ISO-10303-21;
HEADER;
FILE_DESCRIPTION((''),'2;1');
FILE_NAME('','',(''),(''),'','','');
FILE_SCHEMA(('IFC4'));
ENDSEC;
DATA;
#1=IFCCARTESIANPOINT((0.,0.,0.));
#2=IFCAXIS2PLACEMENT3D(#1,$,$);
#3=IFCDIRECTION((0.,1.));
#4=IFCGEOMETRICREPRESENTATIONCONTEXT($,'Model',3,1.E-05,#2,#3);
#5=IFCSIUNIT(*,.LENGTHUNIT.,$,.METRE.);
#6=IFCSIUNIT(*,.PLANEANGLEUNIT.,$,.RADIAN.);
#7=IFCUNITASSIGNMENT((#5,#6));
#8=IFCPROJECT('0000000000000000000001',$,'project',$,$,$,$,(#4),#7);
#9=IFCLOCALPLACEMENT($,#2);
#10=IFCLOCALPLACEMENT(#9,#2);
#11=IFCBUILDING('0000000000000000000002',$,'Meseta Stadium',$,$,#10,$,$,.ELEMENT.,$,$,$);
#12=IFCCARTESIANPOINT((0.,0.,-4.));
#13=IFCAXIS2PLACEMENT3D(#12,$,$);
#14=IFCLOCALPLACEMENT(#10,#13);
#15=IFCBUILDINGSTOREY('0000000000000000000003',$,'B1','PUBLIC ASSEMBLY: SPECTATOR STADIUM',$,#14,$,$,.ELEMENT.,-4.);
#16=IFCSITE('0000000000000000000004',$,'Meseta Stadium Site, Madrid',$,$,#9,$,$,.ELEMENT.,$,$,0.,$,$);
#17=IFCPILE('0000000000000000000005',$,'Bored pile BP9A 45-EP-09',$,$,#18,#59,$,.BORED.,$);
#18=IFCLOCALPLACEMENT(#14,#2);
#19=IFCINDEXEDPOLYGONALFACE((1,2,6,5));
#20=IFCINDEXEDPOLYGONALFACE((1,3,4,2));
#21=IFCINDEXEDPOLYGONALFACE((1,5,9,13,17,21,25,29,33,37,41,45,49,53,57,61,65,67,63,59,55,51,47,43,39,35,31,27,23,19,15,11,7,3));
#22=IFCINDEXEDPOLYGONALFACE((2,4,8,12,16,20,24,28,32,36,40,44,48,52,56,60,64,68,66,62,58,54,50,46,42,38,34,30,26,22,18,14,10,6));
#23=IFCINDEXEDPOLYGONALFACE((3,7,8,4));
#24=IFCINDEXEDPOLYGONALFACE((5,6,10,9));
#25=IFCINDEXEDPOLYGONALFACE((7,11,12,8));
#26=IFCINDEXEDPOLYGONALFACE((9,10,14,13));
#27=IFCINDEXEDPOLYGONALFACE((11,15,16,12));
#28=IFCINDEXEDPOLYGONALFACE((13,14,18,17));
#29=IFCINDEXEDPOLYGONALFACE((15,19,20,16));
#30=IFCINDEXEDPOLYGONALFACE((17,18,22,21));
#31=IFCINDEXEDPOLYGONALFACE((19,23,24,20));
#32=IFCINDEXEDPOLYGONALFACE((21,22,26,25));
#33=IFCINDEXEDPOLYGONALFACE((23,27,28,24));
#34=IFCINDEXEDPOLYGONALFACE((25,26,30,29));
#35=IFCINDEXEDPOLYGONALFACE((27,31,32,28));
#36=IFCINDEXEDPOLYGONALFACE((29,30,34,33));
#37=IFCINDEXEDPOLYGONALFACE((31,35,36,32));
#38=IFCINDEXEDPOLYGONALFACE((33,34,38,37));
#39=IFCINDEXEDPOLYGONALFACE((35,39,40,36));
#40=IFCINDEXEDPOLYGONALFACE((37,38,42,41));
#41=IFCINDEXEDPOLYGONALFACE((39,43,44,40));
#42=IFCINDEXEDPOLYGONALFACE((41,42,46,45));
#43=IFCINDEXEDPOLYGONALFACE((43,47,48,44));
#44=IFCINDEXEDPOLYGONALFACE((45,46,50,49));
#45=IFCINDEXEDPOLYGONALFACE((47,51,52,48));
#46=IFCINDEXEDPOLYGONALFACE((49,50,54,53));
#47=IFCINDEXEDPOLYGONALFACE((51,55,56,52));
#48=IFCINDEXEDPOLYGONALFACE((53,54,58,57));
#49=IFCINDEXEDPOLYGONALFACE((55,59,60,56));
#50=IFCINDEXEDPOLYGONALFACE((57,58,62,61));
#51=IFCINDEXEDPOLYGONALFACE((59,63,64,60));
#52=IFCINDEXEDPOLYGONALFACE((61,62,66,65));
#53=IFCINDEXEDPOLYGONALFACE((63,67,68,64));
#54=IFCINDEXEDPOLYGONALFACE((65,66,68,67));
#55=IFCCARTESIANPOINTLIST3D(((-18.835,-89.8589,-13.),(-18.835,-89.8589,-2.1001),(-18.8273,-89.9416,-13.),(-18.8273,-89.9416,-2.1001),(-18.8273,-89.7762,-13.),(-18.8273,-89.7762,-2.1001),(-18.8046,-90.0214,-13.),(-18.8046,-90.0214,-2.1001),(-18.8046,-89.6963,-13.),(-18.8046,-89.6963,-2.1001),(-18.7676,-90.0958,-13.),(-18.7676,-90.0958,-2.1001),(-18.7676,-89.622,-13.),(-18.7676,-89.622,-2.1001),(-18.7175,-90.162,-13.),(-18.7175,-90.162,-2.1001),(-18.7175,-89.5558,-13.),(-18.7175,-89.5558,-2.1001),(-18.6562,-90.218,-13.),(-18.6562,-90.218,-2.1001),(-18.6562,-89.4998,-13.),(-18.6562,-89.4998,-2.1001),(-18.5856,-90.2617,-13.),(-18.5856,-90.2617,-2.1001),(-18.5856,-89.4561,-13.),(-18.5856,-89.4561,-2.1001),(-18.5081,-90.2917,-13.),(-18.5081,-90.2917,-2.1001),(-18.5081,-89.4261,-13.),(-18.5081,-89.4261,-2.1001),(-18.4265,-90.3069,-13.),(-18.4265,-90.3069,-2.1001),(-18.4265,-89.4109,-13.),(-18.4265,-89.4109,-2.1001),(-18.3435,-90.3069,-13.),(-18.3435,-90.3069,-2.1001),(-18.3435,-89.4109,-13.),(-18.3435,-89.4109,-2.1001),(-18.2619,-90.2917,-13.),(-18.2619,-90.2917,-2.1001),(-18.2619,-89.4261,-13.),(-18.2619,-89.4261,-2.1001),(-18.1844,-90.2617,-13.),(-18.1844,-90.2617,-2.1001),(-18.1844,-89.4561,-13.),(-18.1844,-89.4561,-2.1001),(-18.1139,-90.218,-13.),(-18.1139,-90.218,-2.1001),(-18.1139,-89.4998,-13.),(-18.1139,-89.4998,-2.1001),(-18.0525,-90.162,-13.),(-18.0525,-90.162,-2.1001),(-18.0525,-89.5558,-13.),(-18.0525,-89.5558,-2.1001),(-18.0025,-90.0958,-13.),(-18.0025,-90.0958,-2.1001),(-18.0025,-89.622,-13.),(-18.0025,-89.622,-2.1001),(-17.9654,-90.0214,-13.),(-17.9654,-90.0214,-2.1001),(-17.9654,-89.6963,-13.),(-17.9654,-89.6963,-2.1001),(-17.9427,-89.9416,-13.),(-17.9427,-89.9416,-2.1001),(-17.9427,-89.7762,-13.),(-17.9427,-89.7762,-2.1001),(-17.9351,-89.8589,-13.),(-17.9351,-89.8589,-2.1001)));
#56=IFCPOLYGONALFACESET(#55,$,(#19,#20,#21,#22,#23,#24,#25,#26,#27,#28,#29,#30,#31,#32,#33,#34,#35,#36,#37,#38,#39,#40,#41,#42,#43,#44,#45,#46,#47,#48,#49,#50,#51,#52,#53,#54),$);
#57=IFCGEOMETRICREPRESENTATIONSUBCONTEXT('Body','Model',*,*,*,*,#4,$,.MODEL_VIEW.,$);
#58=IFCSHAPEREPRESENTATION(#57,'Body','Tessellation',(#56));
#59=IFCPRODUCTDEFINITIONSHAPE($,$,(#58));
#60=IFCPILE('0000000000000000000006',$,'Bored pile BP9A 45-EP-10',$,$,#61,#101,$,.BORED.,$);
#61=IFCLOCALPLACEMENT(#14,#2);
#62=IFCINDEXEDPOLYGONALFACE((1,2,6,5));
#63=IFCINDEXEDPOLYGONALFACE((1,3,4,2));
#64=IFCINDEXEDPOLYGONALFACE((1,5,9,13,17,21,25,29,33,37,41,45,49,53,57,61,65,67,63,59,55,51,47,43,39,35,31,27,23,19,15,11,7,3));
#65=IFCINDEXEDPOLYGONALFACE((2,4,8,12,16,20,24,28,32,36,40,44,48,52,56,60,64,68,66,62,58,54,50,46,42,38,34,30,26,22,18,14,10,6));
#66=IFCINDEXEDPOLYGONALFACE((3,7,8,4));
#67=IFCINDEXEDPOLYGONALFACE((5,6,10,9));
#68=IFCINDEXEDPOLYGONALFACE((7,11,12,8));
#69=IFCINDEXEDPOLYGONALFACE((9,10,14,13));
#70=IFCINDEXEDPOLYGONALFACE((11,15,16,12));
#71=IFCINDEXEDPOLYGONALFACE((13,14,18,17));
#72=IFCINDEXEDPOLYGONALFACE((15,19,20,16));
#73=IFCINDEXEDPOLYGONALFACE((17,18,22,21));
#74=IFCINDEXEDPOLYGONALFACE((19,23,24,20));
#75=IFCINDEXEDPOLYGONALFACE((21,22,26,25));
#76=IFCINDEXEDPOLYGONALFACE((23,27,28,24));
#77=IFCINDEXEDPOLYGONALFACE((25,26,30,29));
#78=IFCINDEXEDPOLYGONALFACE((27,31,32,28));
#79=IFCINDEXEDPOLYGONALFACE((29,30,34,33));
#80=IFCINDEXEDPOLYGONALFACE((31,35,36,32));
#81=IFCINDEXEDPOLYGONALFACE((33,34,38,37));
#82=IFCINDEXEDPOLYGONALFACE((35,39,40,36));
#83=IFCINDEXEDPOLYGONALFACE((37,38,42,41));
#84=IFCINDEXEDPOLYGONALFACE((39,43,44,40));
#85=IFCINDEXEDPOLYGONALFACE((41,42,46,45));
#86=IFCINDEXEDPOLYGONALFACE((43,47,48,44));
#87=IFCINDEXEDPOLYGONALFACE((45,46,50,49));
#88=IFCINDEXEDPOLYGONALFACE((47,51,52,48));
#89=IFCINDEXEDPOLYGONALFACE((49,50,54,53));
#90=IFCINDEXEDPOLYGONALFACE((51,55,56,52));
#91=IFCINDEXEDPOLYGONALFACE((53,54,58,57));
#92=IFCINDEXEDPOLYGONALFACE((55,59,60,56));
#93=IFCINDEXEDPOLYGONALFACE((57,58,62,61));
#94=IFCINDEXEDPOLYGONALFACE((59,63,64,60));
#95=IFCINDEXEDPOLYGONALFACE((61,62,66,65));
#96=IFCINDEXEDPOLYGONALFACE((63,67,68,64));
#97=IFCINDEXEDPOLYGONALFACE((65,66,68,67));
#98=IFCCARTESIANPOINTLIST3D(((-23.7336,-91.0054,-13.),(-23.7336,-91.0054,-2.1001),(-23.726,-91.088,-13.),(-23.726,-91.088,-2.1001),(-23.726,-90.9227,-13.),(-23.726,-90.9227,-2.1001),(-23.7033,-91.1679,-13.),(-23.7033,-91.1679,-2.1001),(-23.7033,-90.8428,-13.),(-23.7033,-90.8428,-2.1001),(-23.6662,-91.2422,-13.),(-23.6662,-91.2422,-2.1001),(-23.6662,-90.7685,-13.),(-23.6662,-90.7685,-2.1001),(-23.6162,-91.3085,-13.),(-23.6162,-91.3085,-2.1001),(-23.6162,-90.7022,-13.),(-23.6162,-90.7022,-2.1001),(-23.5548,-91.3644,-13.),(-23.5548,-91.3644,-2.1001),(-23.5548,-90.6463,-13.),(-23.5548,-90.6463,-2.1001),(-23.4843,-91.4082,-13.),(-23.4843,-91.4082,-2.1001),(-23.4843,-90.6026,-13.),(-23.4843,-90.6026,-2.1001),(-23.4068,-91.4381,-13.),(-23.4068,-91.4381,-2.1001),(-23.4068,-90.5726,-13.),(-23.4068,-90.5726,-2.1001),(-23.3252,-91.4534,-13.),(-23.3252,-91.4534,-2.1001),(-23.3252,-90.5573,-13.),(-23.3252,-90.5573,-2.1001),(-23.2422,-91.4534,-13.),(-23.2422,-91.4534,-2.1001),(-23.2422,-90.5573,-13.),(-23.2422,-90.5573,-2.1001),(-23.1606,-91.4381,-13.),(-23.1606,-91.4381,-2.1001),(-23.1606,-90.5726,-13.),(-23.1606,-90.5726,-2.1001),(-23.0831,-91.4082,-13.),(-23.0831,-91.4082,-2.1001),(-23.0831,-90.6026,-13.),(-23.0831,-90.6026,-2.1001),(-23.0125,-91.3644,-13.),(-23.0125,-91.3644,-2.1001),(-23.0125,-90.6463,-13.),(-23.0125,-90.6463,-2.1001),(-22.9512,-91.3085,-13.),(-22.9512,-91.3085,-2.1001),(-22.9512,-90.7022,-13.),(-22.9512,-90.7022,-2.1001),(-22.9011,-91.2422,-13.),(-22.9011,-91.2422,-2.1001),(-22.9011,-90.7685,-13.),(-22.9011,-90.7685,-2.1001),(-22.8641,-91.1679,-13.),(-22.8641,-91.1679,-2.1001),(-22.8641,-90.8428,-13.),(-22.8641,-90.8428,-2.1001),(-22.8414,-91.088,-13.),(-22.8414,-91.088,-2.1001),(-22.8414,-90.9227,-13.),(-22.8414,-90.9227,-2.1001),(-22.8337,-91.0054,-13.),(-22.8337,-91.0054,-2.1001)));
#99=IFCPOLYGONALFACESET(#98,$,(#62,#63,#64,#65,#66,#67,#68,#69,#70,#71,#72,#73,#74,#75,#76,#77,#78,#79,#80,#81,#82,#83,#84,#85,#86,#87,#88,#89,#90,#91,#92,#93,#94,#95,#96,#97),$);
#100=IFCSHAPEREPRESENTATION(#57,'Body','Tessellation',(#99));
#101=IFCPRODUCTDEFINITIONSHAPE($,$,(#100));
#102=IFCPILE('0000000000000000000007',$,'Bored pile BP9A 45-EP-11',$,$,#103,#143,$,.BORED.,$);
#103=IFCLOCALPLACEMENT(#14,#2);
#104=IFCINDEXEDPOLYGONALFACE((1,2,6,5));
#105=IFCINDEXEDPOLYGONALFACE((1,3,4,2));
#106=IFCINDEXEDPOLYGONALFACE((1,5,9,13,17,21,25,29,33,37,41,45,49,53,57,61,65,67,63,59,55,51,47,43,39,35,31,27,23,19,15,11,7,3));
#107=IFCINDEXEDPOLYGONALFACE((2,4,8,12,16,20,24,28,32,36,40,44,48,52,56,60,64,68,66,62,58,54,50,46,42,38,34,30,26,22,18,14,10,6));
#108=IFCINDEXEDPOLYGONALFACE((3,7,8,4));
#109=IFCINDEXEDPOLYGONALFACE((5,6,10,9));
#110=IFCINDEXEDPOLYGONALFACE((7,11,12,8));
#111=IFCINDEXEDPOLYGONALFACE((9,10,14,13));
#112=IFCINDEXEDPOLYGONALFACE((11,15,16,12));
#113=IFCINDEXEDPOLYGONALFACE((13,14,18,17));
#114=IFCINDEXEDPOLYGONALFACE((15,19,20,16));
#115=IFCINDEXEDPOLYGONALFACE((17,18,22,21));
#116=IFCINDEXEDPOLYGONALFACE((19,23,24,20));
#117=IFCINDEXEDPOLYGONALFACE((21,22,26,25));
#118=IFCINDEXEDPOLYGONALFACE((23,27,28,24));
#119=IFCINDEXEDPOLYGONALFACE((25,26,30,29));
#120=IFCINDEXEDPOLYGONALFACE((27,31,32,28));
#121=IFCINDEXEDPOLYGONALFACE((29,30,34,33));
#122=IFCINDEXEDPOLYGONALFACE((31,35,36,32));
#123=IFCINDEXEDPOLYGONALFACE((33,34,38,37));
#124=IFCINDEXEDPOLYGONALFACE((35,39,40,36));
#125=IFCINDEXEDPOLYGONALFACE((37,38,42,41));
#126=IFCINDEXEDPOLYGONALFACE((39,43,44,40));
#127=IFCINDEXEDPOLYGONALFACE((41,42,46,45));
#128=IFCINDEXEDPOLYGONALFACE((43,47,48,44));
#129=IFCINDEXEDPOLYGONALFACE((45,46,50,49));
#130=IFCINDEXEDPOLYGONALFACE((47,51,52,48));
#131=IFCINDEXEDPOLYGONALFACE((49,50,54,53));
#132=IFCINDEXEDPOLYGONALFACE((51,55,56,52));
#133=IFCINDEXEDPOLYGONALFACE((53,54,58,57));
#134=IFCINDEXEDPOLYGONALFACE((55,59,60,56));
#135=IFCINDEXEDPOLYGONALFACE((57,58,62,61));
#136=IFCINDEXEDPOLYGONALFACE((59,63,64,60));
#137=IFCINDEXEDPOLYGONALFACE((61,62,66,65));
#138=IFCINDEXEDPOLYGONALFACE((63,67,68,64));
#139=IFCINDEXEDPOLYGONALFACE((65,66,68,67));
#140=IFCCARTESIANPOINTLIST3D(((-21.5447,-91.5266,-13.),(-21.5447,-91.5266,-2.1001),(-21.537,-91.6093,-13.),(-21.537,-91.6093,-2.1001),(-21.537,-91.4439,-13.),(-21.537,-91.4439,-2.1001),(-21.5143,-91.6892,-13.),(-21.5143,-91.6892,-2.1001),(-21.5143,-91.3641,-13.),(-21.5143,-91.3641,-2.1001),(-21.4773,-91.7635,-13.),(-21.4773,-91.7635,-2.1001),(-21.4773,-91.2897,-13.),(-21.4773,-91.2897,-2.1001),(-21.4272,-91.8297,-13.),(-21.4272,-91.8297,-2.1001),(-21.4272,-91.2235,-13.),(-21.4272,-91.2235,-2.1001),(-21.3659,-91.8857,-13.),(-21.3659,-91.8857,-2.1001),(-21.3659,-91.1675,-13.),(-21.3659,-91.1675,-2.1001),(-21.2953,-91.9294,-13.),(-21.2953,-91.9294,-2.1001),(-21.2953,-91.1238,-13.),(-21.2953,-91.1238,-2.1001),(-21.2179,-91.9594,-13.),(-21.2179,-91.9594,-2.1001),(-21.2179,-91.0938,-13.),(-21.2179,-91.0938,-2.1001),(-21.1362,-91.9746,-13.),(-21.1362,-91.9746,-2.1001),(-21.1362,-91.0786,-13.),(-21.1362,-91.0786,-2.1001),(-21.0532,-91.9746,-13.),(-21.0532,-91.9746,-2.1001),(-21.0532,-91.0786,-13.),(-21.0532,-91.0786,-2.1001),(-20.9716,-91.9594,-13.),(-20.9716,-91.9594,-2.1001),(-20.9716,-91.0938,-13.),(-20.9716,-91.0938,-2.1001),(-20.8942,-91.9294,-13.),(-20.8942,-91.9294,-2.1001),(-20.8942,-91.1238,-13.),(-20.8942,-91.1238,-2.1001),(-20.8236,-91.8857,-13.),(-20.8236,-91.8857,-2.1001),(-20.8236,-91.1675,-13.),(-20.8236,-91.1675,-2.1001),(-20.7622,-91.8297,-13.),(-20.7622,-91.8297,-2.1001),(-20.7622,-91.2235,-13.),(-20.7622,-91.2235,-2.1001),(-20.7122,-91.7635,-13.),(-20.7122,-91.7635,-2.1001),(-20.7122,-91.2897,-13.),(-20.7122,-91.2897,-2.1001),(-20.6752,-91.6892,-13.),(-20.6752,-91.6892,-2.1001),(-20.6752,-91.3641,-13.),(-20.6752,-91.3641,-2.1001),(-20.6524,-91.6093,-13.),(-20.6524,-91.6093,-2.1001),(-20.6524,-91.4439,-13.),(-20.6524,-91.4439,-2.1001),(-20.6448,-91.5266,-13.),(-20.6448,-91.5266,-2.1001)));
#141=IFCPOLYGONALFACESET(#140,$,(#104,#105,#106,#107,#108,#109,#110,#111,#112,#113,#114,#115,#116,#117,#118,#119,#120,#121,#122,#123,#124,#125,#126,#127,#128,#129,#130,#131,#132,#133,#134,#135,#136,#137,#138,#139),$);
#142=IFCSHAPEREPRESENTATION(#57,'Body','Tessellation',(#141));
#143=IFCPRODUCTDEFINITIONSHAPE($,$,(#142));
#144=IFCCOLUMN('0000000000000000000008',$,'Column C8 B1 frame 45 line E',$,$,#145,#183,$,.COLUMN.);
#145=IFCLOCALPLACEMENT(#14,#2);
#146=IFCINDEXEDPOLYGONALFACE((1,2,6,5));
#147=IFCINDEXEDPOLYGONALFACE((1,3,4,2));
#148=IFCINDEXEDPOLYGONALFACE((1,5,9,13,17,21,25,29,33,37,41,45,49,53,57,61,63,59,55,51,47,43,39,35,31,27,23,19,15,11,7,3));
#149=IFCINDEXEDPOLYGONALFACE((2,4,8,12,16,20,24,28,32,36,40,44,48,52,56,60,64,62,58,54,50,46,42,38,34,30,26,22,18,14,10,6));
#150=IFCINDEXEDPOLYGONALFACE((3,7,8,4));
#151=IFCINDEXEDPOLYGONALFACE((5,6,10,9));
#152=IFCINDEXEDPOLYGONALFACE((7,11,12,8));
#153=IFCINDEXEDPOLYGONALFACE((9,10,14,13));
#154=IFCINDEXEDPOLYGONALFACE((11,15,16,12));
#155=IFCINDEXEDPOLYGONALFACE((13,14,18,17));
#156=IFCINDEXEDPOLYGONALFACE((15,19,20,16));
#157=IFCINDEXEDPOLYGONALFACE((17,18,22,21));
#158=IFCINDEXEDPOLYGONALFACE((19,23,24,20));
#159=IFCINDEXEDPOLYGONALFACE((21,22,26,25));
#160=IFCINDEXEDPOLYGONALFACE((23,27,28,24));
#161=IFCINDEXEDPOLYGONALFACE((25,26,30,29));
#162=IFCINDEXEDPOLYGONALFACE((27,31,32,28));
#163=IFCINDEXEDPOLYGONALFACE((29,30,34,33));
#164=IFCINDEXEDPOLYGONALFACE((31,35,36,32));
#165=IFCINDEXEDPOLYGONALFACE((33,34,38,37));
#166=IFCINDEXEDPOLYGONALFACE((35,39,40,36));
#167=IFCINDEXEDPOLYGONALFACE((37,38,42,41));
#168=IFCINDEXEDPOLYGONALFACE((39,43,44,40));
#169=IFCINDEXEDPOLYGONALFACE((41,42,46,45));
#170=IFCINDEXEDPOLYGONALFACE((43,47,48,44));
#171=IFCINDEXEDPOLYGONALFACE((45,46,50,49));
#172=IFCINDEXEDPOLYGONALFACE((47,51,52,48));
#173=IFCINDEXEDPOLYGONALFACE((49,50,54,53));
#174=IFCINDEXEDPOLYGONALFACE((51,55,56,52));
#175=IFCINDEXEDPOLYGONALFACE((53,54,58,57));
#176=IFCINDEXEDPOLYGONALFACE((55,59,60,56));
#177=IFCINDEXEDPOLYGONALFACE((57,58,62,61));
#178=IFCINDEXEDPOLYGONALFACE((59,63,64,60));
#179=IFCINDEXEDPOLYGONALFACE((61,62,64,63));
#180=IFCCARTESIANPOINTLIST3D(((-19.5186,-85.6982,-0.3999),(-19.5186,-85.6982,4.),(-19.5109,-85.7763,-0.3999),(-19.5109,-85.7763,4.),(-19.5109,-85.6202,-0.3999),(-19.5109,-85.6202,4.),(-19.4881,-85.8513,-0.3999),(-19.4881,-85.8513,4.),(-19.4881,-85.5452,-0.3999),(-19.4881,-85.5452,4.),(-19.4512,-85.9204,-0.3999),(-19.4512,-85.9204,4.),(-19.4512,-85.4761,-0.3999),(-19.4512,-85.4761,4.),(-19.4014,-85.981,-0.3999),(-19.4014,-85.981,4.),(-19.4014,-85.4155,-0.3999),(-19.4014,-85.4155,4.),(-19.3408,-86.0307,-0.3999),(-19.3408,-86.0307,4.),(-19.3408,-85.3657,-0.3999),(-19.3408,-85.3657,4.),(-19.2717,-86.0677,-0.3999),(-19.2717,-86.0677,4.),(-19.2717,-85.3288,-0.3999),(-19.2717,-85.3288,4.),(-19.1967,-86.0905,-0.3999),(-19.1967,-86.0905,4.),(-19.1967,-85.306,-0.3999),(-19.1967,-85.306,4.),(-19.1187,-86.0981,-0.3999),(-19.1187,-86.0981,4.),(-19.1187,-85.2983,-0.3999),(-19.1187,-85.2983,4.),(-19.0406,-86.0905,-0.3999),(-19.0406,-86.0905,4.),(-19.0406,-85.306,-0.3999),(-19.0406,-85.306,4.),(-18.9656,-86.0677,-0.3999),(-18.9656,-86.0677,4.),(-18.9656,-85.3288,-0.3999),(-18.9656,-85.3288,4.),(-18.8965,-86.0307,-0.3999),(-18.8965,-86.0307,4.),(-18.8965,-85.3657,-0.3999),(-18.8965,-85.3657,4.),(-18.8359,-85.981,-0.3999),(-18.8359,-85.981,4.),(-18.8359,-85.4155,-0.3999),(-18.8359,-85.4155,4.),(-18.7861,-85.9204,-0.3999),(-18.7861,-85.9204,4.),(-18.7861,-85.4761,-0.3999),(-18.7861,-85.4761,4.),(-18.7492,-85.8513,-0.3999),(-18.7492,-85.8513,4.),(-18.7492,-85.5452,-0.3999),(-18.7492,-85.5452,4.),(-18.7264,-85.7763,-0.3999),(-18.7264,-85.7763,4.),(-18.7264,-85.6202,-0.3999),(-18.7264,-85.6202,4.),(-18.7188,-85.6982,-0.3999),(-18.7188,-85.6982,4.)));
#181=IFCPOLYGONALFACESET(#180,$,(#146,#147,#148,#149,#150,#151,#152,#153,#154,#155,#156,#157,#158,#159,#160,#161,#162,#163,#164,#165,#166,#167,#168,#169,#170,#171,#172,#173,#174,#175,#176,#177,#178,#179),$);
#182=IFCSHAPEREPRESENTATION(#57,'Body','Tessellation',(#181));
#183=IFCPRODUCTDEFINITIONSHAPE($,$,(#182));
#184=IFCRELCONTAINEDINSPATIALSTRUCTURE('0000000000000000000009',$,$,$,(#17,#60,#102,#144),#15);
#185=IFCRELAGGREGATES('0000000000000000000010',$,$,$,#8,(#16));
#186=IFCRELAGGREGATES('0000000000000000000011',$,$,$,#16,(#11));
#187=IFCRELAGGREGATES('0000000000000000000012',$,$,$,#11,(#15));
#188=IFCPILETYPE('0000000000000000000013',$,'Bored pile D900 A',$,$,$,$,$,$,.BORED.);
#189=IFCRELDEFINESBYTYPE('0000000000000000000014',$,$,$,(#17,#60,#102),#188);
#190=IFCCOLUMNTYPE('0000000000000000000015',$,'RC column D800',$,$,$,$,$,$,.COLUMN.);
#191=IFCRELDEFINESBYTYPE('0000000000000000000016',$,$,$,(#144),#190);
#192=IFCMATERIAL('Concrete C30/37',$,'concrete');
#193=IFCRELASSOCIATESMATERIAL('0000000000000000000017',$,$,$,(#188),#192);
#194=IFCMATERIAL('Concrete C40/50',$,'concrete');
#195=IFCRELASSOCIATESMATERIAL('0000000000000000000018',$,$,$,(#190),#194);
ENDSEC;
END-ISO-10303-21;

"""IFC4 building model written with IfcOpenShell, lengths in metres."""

from ifc_helpers import new_model, si_unit, direction, frame, origin, origin_2d, place, context, subcontext, project, spatial, circle, extrude, material, material_profile, profile_set, type_object, element, save


model = new_model("IFC4")

# Units and contexts
model_context = context("Model", 3, precision=1e-05, world=origin(), true_north=direction((0.0, 1.0)))
body_context = subcontext(model_context, "Body", "Model", "MODEL_VIEW")
ifc_project = project(units=[si_unit("LENGTHUNIT", "METRE"), si_unit("PLANEANGLEUNIT", "RADIAN")], contexts=[model_context])

# Site, building, storey
site_placement = place(None, origin())
site = spatial("IfcSite", under=ifc_project, at=site_placement, Name="Meseta Stadium Site, Madrid", CompositionType="ELEMENT", RefElevation=0.0)
building_placement = place(site_placement, origin())
building = spatial("IfcBuilding", under=site, at=building_placement, Name="Meseta Stadium", CompositionType="ELEMENT")
storey_placement = place(building_placement, frame((0.0, 0.0, -4.0)))
storey = spatial("IfcBuildingStorey", under=building, at=storey_placement, Name="B1", Description="PUBLIC ASSEMBLY: SPECTATOR STADIUM", CompositionType="ELEMENT", Elevation=-4.0)

# Piles
ifc_material_1 = material(Name="Concrete C30/37", Category="concrete")
ifc_material_profile_1 = material_profile(ifc_material_1, circle(Radius=0.45, at=origin_2d()), Name="D900")
ifc_profile_set_1 = profile_set([ifc_material_profile_1], Name="Concrete C30/37")
pile_type = type_object("IfcPileType", Name="Bored pile D900 A", PredefinedType="BORED", material=ifc_profile_set_1)
for number, where, z_axis, x_axis, name in (
    (1, (-18.385, -89.8589, -2.1001), (0.0, 0.0, -1.0), (1.0, 0.0, 0.0), "Bored pile BP9A 45-EP-09"),
    (2, (-23.2837, -91.0054, -2.1001), (0.0, 0.0, -1.0), (1.0, 0.0, 0.0), "Bored pile BP9A 45-EP-10"),
    (3, (-21.0947, -91.5266, -2.1001), (0.0, 0.0, -1.0), (1.0, 0.0, 0.0), "Bored pile BP9A 45-EP-11"),
):
    element("IfcPile", number, at=place(storey_placement, frame(where, z_axis=z_axis, x_axis=x_axis)), inside=storey, type_object=pile_type, Name=name, PredefinedType="BORED", context=body_context, shape_type="SweptSolid", body=[
        extrude(circle(Radius=0.45, at=origin_2d()), origin(), (0.0, 0.0, 1.0), 10.8999),
    ])

# Column
ifc_material_2 = material(Name="Concrete C40/50", Category="concrete")
ifc_material_profile_2 = material_profile(ifc_material_2, circle(Radius=0.3999, at=origin_2d()), Name="RC D800")
ifc_profile_set_2 = profile_set([ifc_material_profile_2], Name="Concrete C40/50")
column_type_1 = type_object("IfcColumnType", Name="RC column D800", PredefinedType="COLUMN", material=ifc_profile_set_2)
column_1_placement = place(storey_placement, frame((-19.1187, -85.6982, -0.3999), z_axis=(0.0, 0.0, 1.0), x_axis=(1.0, 0.0, 0.0)))
element("IfcColumn", 4, at=column_1_placement, inside=storey, type_object=column_type_1, Name="Column C8 B1 frame 45 line E", PredefinedType="COLUMN", context=body_context, shape_type="SweptSolid", body=[
    extrude(circle(Radius=0.3999, at=origin_2d()), origin(), (0.0, 0.0, 1.0), 4.3999),
])

save(model, "model.ifc")
